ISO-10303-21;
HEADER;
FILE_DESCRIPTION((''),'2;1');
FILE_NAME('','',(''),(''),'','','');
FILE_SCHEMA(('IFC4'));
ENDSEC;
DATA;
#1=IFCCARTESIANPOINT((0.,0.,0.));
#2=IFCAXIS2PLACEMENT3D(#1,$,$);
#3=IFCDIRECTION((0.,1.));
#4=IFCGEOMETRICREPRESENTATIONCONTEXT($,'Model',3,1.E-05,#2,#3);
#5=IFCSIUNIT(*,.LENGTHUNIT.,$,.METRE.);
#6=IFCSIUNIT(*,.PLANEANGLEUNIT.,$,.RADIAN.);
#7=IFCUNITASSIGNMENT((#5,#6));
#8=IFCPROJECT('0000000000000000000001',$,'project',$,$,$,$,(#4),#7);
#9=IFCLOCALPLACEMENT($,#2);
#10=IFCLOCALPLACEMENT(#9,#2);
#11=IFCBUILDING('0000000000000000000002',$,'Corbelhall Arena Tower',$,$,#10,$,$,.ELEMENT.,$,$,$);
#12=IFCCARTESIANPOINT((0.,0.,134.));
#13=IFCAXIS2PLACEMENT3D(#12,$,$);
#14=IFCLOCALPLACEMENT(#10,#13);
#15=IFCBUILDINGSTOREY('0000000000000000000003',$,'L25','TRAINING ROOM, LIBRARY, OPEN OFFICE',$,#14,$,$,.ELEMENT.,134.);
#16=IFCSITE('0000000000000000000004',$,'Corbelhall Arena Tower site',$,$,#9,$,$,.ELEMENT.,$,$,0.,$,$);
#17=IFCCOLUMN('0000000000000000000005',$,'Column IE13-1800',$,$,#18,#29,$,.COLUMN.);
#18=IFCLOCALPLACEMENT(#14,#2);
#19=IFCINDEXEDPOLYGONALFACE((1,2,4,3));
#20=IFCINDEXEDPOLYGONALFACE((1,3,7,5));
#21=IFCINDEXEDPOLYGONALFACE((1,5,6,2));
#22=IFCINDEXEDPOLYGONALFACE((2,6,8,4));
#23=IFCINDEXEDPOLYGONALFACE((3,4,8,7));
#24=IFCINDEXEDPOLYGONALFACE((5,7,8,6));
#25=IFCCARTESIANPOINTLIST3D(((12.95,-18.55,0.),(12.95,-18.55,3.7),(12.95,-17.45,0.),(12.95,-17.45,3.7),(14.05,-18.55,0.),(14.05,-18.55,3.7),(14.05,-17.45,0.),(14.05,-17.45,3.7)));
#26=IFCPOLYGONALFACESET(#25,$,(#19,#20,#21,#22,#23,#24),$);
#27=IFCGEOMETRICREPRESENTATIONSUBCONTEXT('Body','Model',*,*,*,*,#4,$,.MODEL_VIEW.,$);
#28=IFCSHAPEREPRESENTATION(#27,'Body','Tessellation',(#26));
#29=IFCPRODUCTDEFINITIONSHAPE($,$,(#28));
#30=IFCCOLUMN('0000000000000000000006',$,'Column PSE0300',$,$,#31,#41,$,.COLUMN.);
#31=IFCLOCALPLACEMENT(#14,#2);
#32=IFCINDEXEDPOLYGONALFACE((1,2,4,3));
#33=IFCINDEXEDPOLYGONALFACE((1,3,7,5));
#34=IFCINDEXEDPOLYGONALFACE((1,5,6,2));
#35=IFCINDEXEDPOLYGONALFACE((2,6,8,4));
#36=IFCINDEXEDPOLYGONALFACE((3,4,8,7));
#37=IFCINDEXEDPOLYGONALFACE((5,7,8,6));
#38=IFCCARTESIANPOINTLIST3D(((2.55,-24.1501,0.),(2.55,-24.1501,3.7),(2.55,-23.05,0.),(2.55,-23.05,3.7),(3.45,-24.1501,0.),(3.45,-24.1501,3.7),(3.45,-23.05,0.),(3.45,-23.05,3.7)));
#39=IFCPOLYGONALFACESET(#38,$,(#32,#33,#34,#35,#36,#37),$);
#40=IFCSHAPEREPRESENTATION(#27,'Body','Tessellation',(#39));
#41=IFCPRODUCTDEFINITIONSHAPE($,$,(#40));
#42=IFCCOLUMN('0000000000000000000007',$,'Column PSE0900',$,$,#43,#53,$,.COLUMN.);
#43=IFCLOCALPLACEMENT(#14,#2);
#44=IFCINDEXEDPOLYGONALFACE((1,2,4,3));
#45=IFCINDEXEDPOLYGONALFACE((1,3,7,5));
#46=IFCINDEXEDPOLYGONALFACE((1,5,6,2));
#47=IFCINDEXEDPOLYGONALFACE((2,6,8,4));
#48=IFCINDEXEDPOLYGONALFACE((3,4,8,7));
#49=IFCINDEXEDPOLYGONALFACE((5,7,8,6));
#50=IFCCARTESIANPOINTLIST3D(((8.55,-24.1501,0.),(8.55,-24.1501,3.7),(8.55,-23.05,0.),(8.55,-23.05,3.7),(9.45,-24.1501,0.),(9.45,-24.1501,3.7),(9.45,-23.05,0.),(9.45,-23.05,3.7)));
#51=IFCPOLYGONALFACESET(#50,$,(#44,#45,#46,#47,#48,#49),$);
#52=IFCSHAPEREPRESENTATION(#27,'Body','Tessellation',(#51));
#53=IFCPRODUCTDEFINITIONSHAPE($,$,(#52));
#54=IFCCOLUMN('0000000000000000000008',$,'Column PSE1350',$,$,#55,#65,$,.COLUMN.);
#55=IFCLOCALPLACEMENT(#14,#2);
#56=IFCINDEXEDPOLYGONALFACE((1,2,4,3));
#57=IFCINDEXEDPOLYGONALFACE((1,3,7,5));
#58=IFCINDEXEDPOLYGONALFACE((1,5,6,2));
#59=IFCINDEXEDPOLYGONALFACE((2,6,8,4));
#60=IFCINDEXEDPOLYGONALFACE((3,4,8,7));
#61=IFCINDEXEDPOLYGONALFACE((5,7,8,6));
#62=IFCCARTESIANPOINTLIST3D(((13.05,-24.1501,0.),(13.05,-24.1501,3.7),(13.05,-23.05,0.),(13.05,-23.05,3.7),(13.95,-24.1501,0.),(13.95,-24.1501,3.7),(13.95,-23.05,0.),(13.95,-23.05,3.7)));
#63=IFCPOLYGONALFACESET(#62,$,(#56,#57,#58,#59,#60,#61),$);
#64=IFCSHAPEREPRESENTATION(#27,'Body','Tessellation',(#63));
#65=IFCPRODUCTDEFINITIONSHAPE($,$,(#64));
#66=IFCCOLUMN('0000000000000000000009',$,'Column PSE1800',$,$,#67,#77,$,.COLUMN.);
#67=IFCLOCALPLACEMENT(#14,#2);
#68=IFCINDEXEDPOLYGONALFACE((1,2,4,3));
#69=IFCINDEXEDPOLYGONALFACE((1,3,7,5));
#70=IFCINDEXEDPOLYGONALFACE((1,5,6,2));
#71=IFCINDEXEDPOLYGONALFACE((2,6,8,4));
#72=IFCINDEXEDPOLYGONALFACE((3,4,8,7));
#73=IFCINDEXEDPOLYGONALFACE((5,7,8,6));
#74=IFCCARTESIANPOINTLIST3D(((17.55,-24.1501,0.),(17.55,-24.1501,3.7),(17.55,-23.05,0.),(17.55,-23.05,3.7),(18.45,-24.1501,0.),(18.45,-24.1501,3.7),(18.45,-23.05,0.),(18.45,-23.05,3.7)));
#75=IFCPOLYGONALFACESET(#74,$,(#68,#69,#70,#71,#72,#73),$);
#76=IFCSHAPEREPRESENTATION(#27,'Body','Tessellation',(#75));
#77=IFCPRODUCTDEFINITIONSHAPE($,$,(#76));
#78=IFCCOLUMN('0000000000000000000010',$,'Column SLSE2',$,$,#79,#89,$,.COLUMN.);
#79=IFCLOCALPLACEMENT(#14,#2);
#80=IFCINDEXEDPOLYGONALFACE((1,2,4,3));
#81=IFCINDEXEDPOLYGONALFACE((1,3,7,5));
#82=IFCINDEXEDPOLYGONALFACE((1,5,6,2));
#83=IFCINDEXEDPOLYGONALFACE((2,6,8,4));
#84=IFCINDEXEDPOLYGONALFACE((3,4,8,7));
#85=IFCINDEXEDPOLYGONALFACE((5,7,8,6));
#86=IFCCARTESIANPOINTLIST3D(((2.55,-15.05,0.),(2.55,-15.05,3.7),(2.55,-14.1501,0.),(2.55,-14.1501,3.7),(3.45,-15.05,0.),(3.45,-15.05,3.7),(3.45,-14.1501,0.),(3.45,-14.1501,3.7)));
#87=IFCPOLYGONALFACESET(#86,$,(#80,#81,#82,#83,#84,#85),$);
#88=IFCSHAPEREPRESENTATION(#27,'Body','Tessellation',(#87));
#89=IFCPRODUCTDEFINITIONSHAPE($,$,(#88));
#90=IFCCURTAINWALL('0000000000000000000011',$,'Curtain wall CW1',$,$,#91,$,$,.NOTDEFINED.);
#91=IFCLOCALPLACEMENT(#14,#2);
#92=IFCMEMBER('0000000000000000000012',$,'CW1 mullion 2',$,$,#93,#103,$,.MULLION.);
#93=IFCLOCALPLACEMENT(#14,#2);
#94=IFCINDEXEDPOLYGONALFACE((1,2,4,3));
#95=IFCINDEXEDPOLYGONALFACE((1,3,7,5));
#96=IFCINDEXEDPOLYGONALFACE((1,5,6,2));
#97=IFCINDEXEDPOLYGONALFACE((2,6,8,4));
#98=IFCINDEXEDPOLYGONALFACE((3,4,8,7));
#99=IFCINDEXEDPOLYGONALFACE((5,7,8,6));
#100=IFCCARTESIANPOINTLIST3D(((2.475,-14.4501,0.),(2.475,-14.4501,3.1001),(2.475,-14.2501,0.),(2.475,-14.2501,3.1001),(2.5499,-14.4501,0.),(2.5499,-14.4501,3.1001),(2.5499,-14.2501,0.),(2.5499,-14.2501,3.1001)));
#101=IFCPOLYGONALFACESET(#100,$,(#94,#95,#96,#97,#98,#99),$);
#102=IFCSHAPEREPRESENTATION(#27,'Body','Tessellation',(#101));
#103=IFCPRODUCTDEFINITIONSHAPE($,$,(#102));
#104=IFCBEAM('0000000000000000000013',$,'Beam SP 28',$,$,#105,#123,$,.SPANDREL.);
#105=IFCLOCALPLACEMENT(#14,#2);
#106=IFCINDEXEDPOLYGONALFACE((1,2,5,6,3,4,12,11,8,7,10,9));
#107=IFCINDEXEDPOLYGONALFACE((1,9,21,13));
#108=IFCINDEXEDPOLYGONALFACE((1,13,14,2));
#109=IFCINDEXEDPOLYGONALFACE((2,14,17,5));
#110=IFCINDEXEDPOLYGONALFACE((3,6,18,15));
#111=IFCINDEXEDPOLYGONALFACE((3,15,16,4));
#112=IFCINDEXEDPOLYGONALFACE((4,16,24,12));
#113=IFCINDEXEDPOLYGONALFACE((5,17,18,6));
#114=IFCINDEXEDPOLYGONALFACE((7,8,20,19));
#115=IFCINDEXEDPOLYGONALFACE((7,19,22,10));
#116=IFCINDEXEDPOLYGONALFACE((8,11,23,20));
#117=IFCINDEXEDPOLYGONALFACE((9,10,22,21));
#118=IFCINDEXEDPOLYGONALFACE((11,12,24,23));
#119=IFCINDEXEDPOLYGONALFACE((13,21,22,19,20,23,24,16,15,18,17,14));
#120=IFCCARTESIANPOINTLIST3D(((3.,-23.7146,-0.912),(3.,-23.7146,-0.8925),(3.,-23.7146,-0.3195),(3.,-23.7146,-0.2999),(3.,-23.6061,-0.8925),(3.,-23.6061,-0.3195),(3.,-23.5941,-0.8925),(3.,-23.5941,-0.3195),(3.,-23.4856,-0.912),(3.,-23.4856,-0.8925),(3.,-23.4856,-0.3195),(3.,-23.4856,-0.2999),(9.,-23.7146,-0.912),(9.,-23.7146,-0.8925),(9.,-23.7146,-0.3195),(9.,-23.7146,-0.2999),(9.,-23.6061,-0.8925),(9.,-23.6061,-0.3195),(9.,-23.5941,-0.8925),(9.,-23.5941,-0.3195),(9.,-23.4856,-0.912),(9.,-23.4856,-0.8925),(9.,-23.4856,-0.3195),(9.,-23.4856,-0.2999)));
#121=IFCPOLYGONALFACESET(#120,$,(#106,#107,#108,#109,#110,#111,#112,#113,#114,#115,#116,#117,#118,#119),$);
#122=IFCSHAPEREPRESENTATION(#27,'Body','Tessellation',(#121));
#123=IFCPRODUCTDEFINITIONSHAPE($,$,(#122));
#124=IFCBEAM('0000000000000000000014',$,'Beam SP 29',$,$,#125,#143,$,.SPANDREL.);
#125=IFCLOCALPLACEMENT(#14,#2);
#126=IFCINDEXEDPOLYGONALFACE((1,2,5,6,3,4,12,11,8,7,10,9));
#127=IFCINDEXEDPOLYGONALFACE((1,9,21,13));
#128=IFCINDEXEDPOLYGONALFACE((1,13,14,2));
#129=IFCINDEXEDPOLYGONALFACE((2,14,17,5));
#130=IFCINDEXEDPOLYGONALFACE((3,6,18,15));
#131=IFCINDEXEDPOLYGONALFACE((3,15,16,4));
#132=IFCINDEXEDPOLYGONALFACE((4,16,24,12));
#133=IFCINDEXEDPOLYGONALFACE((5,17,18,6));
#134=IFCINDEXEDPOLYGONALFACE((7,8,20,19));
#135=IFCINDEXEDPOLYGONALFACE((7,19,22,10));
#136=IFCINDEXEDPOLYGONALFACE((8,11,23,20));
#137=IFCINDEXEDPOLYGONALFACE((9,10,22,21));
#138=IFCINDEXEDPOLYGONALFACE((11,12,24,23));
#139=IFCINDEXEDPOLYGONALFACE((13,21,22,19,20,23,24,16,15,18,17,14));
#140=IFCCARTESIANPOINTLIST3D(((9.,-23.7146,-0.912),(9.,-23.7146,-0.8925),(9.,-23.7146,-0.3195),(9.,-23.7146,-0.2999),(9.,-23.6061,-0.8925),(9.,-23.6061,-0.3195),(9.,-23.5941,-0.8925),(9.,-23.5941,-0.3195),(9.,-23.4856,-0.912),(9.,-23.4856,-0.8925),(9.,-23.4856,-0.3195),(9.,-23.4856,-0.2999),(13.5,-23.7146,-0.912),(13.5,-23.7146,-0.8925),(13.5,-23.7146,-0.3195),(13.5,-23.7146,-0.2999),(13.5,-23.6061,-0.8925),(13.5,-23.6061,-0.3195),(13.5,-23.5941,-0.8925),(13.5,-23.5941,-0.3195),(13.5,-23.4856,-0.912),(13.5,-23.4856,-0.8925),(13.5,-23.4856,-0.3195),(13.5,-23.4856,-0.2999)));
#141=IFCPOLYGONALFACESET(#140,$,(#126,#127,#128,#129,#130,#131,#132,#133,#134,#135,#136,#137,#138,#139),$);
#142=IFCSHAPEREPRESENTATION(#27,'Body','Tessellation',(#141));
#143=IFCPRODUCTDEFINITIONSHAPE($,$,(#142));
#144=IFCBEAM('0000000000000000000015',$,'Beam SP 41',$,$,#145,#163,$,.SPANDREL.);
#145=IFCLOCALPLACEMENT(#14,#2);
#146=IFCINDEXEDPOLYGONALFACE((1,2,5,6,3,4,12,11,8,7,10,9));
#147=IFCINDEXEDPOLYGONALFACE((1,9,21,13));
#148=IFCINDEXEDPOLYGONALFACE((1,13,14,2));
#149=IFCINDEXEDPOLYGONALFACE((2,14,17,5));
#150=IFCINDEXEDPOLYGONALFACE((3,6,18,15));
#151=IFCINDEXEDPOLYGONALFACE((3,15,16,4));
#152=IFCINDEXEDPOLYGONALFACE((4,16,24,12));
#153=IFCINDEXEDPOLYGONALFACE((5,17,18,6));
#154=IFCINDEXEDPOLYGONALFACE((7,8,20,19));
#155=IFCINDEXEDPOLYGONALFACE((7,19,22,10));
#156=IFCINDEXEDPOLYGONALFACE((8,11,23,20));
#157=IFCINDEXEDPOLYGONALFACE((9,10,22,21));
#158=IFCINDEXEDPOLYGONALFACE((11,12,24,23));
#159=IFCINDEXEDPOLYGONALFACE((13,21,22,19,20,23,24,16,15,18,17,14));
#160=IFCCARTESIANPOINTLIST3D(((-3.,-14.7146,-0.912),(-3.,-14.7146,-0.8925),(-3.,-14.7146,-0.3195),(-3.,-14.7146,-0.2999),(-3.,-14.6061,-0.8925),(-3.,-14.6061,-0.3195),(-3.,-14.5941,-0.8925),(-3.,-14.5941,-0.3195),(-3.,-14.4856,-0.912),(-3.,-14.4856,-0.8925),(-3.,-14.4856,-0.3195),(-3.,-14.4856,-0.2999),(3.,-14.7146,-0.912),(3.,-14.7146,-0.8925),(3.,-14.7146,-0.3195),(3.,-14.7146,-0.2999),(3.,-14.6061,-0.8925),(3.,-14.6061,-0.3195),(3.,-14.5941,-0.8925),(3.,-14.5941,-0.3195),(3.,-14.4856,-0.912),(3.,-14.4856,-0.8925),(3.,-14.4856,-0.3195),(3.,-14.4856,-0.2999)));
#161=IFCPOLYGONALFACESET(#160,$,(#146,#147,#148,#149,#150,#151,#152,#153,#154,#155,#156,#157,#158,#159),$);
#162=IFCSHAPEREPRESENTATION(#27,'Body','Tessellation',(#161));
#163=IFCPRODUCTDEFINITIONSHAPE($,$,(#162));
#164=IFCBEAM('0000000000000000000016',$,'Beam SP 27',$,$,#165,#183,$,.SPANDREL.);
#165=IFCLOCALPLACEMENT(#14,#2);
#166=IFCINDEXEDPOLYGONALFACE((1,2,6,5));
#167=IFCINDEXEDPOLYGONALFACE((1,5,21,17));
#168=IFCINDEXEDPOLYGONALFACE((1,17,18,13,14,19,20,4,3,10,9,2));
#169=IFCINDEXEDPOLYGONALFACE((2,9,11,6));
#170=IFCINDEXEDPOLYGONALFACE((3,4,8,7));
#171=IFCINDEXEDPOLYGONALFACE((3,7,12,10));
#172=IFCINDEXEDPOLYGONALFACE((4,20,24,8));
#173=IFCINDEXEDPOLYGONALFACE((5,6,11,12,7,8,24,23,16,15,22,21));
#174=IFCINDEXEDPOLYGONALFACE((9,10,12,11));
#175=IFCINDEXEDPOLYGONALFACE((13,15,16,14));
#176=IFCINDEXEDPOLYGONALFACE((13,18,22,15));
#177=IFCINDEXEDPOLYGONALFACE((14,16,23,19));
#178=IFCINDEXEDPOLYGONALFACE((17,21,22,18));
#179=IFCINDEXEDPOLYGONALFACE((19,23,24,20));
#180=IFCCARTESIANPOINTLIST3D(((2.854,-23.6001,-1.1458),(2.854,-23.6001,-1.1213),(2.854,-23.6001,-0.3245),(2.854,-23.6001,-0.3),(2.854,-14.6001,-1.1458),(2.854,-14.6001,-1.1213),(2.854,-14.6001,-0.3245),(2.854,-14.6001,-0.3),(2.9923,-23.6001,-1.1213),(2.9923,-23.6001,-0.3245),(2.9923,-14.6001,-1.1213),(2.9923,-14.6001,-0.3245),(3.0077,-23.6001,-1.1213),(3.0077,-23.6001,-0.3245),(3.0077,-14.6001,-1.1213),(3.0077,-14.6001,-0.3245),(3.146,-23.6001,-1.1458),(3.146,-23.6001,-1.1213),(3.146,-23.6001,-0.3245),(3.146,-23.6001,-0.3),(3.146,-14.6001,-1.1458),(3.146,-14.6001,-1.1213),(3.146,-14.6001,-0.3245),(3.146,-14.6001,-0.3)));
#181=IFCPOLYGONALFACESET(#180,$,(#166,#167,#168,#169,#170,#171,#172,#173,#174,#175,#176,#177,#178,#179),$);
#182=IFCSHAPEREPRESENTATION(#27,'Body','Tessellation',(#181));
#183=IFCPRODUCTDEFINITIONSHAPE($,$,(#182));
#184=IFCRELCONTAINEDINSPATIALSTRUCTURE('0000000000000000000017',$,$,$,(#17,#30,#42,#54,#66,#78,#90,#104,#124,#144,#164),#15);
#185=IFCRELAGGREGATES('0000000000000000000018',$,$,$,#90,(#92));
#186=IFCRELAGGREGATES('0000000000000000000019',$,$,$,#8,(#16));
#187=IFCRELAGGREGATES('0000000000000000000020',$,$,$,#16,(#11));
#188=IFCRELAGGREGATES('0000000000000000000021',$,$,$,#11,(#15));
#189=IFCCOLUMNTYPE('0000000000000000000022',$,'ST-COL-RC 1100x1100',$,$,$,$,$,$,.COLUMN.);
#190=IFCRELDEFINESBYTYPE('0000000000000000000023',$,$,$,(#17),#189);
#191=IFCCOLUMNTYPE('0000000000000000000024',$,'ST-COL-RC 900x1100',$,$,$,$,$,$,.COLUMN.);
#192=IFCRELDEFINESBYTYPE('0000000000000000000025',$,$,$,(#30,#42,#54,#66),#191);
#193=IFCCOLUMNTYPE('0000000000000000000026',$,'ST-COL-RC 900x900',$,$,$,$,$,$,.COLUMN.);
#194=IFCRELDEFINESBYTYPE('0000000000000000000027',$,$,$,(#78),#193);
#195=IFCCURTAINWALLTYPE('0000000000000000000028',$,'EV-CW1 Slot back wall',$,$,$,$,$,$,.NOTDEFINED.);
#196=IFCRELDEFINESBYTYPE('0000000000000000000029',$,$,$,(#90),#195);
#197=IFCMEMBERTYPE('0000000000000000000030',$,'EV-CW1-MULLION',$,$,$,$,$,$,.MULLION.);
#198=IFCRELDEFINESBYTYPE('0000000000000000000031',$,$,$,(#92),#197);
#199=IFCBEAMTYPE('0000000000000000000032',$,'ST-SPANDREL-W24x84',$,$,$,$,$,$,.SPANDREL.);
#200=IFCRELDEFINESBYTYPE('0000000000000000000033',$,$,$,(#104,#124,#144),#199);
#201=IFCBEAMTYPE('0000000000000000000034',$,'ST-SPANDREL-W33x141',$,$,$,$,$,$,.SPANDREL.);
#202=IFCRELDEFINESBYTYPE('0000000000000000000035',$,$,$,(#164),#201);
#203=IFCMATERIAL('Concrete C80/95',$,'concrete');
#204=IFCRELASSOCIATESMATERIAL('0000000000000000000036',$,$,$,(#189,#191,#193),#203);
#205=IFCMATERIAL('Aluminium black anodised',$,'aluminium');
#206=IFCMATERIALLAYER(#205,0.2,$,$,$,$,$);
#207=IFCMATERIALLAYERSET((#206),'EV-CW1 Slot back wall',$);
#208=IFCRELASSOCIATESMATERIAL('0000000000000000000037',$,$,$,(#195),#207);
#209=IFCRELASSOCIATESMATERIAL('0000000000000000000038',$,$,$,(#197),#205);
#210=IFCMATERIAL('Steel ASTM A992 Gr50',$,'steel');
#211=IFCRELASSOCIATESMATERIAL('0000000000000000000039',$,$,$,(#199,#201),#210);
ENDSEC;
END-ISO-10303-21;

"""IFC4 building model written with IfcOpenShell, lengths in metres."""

from ifc_helpers import new_model, si_unit, direction, frame, origin, origin_2d, place, context, subcontext, project, spatial, rectangle, i_section, extrude, material, layer, layer_set, material_profile, profile_set, type_object, element, aggregate, save


model = new_model("IFC4")

# Units and contexts
model_context = context("Model", 3, precision=1e-05, world=origin(), true_north=direction((0.0, 1.0)))
body_context = subcontext(model_context, "Body", "Model", "MODEL_VIEW")
ifc_project = project(units=[si_unit("LENGTHUNIT", "METRE"), si_unit("PLANEANGLEUNIT", "RADIAN")], contexts=[model_context])

# Site, building, storey
site_placement = place(None, origin())
site = spatial("IfcSite", under=ifc_project, at=site_placement, Name="Corbelhall Arena Tower site", CompositionType="ELEMENT", RefElevation=0.0)
building_placement = place(site_placement, origin())
building = spatial("IfcBuilding", under=site, at=building_placement, Name="Corbelhall Arena Tower", CompositionType="ELEMENT")
storey_placement = place(building_placement, frame((0.0, 0.0, 134.0)))
storey = spatial("IfcBuildingStorey", under=building, at=storey_placement, Name="L25", Description="TRAINING ROOM, LIBRARY, OPEN OFFICE", CompositionType="ELEMENT", Elevation=134.0)

# Columns
ifc_material_1 = material(Name="Concrete C80/95", Category="concrete")
ifc_material_profile_1 = material_profile(ifc_material_1, rectangle(XDim=1.1001, YDim=1.1001, at=origin_2d()))
ifc_profile_set_1 = profile_set([ifc_material_profile_1], Name="Concrete C80/95")
column_type_1 = type_object("IfcColumnType", Name="ST-COL-RC 1100x1100", PredefinedType="COLUMN", material=ifc_profile_set_1)
column_1_placement = place(storey_placement, frame((13.5, -18.0, 0.0), z_axis=(0.0, 0.0, 1.0), x_axis=(1.0, 0.0, 0.0)))
element("IfcColumn", 1, at=column_1_placement, inside=storey, type_object=column_type_1, Name="Column IE13-1800", PredefinedType="COLUMN", context=body_context, shape_type="SweptSolid", body=[
    extrude(rectangle(XDim=1.1001, YDim=1.1001, at=origin_2d()), origin(), (0.0, 0.0, 1.0), 3.7),
])
ifc_material_profile_2 = material_profile(ifc_material_1, rectangle(XDim=0.8999, YDim=1.1001, at=origin_2d()))
ifc_profile_set_2 = profile_set([ifc_material_profile_2], Name="Concrete C80/95")
column_type_2 = type_object("IfcColumnType", Name="ST-COL-RC 900x1100", PredefinedType="COLUMN", material=ifc_profile_set_2)
for number, where, z_axis, x_axis, name in (
    (2, (3.0, -23.6001, 0.0), (0.0, 0.0, 1.0), (1.0, 0.0, 0.0), "Column PSE0300"),
    (3, (9.0, -23.6001, 0.0), (0.0, 0.0, 1.0), (1.0, 0.0, 0.0), "Column PSE0900"),
    (4, (13.5, -23.6001, 0.0), (0.0, 0.0, 1.0), (1.0, 0.0, 0.0), "Column PSE1350"),
    (5, (18.0, -23.6001, 0.0), (0.0, 0.0, 1.0), (1.0, 0.0, 0.0), "Column PSE1800"),
):
    element("IfcColumn", number, at=place(storey_placement, frame(where, z_axis=z_axis, x_axis=x_axis)), inside=storey, type_object=column_type_2, Name=name, PredefinedType="COLUMN", context=body_context, shape_type="SweptSolid", body=[
        extrude(rectangle(XDim=0.8999, YDim=1.1001, at=origin_2d()), origin(), (0.0, 0.0, 1.0), 3.7),
    ])
ifc_material_profile_3 = material_profile(ifc_material_1, rectangle(XDim=0.8999, YDim=0.8999, at=origin_2d()))
ifc_profile_set_3 = profile_set([ifc_material_profile_3], Name="Concrete C80/95")
column_type_3 = type_object("IfcColumnType", Name="ST-COL-RC 900x900", PredefinedType="COLUMN", material=ifc_profile_set_3)
column_2_placement = place(storey_placement, frame((3.0, -14.6001, 0.0), z_axis=(0.0, 0.0, 1.0), x_axis=(1.0, 0.0, 0.0)))
element("IfcColumn", 6, at=column_2_placement, inside=storey, type_object=column_type_3, Name="Column SLSE2", PredefinedType="COLUMN", context=body_context, shape_type="SweptSolid", body=[
    extrude(rectangle(XDim=0.8999, YDim=0.8999, at=origin_2d()), origin(), (0.0, 0.0, 1.0), 3.7),
])

# Curtain wall, member
ifc_material_2 = material(Name="Aluminium black anodised", Category="aluminium")
ifc_layer_1 = layer(ifc_material_2, 0.2)
ifc_layer_set_1 = layer_set([ifc_layer_1], Name="EV-CW1 Slot back wall")
curtain_wall_type = type_object("IfcCurtainWallType", Name="EV-CW1 Slot back wall", PredefinedType="NOTDEFINED", material=ifc_layer_set_1)
curtain_wall_placement = place(storey_placement, origin())
curtain_wall = element("IfcCurtainWall", 7, at=curtain_wall_placement, inside=storey, type_object=curtain_wall_type, Name="Curtain wall CW1", PredefinedType="NOTDEFINED")
ifc_material_profile_4 = material_profile(ifc_material_2, rectangle(XDim=0.2, YDim=0.075, at=origin_2d()))
ifc_profile_set_4 = profile_set([ifc_material_profile_4], Name="Aluminium black anodised")
member_type = type_object("IfcMemberType", Name="EV-CW1-MULLION", PredefinedType="MULLION", material=ifc_profile_set_4)
member_placement = place(storey_placement, frame((2.5125, -14.3501, 0.0), z_axis=(0.0, 0.0, 1.0), x_axis=(0.0, 1.0, 0.0)))
member = element("IfcMember", 8, at=member_placement, type_object=member_type, Name="CW1 mullion 2", PredefinedType="MULLION", context=body_context, shape_type="SweptSolid", body=[
    extrude(rectangle(XDim=0.2, YDim=0.075, at=origin_2d()), origin(), (0.0, 0.0, 1.0), 3.1001),
])

# Beams
ifc_material_3 = material(Name="Steel ASTM A992 Gr50", Category="steel")
ifc_material_profile_5 = material_profile(ifc_material_3, i_section(OverallWidth=0.229, OverallDepth=0.6121, WebThickness=0.012, FlangeThickness=0.0195, at=origin_2d()))
ifc_profile_set_5 = profile_set([ifc_material_profile_5], Name="Steel ASTM A992 Gr50")
beam_type_1 = type_object("IfcBeamType", Name="ST-SPANDREL-W24x84", PredefinedType="SPANDREL", material=ifc_profile_set_5)
beam_1_placement = place(storey_placement, frame((9.0, -23.6001, -0.606), z_axis=(-1.0, 0.0, 0.0), x_axis=(0.0, -1.0, 0.0)))
element("IfcBeam", 9, at=beam_1_placement, inside=storey, type_object=beam_type_1, Name="Beam SP 28", PredefinedType="SPANDREL", context=body_context, shape_type="SweptSolid", body=[
    extrude(i_section(OverallWidth=0.229, OverallDepth=0.6121, WebThickness=0.012, FlangeThickness=0.0195, at=origin_2d()), origin(), (0.0, 0.0, 1.0), 6.0),
])
beam_2_placement = place(storey_placement, frame((13.5, -23.6001, -0.606), z_axis=(-1.0, 0.0, 0.0), x_axis=(0.0, -1.0, 0.0)))
element("IfcBeam", 10, at=beam_2_placement, inside=storey, type_object=beam_type_1, Name="Beam SP 29", PredefinedType="SPANDREL", context=body_context, shape_type="SweptSolid", body=[
    extrude(i_section(OverallWidth=0.229, OverallDepth=0.6121, WebThickness=0.012, FlangeThickness=0.0195, at=origin_2d()), origin(), (0.0, 0.0, 1.0), 4.5),
])
beam_3_placement = place(storey_placement, frame((3.0, -14.6001, -0.606), z_axis=(-1.0, 0.0, 0.0), x_axis=(0.0, -1.0, 0.0)))
element("IfcBeam", 11, at=beam_3_placement, inside=storey, type_object=beam_type_1, Name="Beam SP 41", PredefinedType="SPANDREL", context=body_context, shape_type="SweptSolid", body=[
    extrude(i_section(OverallWidth=0.229, OverallDepth=0.6121, WebThickness=0.012, FlangeThickness=0.0195, at=origin_2d()), origin(), (0.0, 0.0, 1.0), 6.0),
])
ifc_material_profile_6 = material_profile(ifc_material_3, i_section(OverallWidth=0.292, OverallDepth=0.8457, WebThickness=0.0154, FlangeThickness=0.0244, at=origin_2d()))
ifc_profile_set_6 = profile_set([ifc_material_profile_6], Name="Steel ASTM A992 Gr50")
beam_type_2 = type_object("IfcBeamType", Name="ST-SPANDREL-W33x141", PredefinedType="SPANDREL", material=ifc_profile_set_6)
beam_4_placement = place(storey_placement, frame((3.0, -23.6001, -0.7229), z_axis=(0.0, 1.0, 0.0), x_axis=(-1.0, 0.0, 0.0)))
element("IfcBeam", 12, at=beam_4_placement, inside=storey, type_object=beam_type_2, Name="Beam SP 27", PredefinedType="SPANDREL", context=body_context, shape_type="SweptSolid", body=[
    extrude(i_section(OverallWidth=0.292, OverallDepth=0.8457, WebThickness=0.0154, FlangeThickness=0.0244, at=origin_2d()), origin(), (0.0, 0.0, 1.0), 9.0),
])

aggregate(curtain_wall, [member])

save(model, "model.ifc")
